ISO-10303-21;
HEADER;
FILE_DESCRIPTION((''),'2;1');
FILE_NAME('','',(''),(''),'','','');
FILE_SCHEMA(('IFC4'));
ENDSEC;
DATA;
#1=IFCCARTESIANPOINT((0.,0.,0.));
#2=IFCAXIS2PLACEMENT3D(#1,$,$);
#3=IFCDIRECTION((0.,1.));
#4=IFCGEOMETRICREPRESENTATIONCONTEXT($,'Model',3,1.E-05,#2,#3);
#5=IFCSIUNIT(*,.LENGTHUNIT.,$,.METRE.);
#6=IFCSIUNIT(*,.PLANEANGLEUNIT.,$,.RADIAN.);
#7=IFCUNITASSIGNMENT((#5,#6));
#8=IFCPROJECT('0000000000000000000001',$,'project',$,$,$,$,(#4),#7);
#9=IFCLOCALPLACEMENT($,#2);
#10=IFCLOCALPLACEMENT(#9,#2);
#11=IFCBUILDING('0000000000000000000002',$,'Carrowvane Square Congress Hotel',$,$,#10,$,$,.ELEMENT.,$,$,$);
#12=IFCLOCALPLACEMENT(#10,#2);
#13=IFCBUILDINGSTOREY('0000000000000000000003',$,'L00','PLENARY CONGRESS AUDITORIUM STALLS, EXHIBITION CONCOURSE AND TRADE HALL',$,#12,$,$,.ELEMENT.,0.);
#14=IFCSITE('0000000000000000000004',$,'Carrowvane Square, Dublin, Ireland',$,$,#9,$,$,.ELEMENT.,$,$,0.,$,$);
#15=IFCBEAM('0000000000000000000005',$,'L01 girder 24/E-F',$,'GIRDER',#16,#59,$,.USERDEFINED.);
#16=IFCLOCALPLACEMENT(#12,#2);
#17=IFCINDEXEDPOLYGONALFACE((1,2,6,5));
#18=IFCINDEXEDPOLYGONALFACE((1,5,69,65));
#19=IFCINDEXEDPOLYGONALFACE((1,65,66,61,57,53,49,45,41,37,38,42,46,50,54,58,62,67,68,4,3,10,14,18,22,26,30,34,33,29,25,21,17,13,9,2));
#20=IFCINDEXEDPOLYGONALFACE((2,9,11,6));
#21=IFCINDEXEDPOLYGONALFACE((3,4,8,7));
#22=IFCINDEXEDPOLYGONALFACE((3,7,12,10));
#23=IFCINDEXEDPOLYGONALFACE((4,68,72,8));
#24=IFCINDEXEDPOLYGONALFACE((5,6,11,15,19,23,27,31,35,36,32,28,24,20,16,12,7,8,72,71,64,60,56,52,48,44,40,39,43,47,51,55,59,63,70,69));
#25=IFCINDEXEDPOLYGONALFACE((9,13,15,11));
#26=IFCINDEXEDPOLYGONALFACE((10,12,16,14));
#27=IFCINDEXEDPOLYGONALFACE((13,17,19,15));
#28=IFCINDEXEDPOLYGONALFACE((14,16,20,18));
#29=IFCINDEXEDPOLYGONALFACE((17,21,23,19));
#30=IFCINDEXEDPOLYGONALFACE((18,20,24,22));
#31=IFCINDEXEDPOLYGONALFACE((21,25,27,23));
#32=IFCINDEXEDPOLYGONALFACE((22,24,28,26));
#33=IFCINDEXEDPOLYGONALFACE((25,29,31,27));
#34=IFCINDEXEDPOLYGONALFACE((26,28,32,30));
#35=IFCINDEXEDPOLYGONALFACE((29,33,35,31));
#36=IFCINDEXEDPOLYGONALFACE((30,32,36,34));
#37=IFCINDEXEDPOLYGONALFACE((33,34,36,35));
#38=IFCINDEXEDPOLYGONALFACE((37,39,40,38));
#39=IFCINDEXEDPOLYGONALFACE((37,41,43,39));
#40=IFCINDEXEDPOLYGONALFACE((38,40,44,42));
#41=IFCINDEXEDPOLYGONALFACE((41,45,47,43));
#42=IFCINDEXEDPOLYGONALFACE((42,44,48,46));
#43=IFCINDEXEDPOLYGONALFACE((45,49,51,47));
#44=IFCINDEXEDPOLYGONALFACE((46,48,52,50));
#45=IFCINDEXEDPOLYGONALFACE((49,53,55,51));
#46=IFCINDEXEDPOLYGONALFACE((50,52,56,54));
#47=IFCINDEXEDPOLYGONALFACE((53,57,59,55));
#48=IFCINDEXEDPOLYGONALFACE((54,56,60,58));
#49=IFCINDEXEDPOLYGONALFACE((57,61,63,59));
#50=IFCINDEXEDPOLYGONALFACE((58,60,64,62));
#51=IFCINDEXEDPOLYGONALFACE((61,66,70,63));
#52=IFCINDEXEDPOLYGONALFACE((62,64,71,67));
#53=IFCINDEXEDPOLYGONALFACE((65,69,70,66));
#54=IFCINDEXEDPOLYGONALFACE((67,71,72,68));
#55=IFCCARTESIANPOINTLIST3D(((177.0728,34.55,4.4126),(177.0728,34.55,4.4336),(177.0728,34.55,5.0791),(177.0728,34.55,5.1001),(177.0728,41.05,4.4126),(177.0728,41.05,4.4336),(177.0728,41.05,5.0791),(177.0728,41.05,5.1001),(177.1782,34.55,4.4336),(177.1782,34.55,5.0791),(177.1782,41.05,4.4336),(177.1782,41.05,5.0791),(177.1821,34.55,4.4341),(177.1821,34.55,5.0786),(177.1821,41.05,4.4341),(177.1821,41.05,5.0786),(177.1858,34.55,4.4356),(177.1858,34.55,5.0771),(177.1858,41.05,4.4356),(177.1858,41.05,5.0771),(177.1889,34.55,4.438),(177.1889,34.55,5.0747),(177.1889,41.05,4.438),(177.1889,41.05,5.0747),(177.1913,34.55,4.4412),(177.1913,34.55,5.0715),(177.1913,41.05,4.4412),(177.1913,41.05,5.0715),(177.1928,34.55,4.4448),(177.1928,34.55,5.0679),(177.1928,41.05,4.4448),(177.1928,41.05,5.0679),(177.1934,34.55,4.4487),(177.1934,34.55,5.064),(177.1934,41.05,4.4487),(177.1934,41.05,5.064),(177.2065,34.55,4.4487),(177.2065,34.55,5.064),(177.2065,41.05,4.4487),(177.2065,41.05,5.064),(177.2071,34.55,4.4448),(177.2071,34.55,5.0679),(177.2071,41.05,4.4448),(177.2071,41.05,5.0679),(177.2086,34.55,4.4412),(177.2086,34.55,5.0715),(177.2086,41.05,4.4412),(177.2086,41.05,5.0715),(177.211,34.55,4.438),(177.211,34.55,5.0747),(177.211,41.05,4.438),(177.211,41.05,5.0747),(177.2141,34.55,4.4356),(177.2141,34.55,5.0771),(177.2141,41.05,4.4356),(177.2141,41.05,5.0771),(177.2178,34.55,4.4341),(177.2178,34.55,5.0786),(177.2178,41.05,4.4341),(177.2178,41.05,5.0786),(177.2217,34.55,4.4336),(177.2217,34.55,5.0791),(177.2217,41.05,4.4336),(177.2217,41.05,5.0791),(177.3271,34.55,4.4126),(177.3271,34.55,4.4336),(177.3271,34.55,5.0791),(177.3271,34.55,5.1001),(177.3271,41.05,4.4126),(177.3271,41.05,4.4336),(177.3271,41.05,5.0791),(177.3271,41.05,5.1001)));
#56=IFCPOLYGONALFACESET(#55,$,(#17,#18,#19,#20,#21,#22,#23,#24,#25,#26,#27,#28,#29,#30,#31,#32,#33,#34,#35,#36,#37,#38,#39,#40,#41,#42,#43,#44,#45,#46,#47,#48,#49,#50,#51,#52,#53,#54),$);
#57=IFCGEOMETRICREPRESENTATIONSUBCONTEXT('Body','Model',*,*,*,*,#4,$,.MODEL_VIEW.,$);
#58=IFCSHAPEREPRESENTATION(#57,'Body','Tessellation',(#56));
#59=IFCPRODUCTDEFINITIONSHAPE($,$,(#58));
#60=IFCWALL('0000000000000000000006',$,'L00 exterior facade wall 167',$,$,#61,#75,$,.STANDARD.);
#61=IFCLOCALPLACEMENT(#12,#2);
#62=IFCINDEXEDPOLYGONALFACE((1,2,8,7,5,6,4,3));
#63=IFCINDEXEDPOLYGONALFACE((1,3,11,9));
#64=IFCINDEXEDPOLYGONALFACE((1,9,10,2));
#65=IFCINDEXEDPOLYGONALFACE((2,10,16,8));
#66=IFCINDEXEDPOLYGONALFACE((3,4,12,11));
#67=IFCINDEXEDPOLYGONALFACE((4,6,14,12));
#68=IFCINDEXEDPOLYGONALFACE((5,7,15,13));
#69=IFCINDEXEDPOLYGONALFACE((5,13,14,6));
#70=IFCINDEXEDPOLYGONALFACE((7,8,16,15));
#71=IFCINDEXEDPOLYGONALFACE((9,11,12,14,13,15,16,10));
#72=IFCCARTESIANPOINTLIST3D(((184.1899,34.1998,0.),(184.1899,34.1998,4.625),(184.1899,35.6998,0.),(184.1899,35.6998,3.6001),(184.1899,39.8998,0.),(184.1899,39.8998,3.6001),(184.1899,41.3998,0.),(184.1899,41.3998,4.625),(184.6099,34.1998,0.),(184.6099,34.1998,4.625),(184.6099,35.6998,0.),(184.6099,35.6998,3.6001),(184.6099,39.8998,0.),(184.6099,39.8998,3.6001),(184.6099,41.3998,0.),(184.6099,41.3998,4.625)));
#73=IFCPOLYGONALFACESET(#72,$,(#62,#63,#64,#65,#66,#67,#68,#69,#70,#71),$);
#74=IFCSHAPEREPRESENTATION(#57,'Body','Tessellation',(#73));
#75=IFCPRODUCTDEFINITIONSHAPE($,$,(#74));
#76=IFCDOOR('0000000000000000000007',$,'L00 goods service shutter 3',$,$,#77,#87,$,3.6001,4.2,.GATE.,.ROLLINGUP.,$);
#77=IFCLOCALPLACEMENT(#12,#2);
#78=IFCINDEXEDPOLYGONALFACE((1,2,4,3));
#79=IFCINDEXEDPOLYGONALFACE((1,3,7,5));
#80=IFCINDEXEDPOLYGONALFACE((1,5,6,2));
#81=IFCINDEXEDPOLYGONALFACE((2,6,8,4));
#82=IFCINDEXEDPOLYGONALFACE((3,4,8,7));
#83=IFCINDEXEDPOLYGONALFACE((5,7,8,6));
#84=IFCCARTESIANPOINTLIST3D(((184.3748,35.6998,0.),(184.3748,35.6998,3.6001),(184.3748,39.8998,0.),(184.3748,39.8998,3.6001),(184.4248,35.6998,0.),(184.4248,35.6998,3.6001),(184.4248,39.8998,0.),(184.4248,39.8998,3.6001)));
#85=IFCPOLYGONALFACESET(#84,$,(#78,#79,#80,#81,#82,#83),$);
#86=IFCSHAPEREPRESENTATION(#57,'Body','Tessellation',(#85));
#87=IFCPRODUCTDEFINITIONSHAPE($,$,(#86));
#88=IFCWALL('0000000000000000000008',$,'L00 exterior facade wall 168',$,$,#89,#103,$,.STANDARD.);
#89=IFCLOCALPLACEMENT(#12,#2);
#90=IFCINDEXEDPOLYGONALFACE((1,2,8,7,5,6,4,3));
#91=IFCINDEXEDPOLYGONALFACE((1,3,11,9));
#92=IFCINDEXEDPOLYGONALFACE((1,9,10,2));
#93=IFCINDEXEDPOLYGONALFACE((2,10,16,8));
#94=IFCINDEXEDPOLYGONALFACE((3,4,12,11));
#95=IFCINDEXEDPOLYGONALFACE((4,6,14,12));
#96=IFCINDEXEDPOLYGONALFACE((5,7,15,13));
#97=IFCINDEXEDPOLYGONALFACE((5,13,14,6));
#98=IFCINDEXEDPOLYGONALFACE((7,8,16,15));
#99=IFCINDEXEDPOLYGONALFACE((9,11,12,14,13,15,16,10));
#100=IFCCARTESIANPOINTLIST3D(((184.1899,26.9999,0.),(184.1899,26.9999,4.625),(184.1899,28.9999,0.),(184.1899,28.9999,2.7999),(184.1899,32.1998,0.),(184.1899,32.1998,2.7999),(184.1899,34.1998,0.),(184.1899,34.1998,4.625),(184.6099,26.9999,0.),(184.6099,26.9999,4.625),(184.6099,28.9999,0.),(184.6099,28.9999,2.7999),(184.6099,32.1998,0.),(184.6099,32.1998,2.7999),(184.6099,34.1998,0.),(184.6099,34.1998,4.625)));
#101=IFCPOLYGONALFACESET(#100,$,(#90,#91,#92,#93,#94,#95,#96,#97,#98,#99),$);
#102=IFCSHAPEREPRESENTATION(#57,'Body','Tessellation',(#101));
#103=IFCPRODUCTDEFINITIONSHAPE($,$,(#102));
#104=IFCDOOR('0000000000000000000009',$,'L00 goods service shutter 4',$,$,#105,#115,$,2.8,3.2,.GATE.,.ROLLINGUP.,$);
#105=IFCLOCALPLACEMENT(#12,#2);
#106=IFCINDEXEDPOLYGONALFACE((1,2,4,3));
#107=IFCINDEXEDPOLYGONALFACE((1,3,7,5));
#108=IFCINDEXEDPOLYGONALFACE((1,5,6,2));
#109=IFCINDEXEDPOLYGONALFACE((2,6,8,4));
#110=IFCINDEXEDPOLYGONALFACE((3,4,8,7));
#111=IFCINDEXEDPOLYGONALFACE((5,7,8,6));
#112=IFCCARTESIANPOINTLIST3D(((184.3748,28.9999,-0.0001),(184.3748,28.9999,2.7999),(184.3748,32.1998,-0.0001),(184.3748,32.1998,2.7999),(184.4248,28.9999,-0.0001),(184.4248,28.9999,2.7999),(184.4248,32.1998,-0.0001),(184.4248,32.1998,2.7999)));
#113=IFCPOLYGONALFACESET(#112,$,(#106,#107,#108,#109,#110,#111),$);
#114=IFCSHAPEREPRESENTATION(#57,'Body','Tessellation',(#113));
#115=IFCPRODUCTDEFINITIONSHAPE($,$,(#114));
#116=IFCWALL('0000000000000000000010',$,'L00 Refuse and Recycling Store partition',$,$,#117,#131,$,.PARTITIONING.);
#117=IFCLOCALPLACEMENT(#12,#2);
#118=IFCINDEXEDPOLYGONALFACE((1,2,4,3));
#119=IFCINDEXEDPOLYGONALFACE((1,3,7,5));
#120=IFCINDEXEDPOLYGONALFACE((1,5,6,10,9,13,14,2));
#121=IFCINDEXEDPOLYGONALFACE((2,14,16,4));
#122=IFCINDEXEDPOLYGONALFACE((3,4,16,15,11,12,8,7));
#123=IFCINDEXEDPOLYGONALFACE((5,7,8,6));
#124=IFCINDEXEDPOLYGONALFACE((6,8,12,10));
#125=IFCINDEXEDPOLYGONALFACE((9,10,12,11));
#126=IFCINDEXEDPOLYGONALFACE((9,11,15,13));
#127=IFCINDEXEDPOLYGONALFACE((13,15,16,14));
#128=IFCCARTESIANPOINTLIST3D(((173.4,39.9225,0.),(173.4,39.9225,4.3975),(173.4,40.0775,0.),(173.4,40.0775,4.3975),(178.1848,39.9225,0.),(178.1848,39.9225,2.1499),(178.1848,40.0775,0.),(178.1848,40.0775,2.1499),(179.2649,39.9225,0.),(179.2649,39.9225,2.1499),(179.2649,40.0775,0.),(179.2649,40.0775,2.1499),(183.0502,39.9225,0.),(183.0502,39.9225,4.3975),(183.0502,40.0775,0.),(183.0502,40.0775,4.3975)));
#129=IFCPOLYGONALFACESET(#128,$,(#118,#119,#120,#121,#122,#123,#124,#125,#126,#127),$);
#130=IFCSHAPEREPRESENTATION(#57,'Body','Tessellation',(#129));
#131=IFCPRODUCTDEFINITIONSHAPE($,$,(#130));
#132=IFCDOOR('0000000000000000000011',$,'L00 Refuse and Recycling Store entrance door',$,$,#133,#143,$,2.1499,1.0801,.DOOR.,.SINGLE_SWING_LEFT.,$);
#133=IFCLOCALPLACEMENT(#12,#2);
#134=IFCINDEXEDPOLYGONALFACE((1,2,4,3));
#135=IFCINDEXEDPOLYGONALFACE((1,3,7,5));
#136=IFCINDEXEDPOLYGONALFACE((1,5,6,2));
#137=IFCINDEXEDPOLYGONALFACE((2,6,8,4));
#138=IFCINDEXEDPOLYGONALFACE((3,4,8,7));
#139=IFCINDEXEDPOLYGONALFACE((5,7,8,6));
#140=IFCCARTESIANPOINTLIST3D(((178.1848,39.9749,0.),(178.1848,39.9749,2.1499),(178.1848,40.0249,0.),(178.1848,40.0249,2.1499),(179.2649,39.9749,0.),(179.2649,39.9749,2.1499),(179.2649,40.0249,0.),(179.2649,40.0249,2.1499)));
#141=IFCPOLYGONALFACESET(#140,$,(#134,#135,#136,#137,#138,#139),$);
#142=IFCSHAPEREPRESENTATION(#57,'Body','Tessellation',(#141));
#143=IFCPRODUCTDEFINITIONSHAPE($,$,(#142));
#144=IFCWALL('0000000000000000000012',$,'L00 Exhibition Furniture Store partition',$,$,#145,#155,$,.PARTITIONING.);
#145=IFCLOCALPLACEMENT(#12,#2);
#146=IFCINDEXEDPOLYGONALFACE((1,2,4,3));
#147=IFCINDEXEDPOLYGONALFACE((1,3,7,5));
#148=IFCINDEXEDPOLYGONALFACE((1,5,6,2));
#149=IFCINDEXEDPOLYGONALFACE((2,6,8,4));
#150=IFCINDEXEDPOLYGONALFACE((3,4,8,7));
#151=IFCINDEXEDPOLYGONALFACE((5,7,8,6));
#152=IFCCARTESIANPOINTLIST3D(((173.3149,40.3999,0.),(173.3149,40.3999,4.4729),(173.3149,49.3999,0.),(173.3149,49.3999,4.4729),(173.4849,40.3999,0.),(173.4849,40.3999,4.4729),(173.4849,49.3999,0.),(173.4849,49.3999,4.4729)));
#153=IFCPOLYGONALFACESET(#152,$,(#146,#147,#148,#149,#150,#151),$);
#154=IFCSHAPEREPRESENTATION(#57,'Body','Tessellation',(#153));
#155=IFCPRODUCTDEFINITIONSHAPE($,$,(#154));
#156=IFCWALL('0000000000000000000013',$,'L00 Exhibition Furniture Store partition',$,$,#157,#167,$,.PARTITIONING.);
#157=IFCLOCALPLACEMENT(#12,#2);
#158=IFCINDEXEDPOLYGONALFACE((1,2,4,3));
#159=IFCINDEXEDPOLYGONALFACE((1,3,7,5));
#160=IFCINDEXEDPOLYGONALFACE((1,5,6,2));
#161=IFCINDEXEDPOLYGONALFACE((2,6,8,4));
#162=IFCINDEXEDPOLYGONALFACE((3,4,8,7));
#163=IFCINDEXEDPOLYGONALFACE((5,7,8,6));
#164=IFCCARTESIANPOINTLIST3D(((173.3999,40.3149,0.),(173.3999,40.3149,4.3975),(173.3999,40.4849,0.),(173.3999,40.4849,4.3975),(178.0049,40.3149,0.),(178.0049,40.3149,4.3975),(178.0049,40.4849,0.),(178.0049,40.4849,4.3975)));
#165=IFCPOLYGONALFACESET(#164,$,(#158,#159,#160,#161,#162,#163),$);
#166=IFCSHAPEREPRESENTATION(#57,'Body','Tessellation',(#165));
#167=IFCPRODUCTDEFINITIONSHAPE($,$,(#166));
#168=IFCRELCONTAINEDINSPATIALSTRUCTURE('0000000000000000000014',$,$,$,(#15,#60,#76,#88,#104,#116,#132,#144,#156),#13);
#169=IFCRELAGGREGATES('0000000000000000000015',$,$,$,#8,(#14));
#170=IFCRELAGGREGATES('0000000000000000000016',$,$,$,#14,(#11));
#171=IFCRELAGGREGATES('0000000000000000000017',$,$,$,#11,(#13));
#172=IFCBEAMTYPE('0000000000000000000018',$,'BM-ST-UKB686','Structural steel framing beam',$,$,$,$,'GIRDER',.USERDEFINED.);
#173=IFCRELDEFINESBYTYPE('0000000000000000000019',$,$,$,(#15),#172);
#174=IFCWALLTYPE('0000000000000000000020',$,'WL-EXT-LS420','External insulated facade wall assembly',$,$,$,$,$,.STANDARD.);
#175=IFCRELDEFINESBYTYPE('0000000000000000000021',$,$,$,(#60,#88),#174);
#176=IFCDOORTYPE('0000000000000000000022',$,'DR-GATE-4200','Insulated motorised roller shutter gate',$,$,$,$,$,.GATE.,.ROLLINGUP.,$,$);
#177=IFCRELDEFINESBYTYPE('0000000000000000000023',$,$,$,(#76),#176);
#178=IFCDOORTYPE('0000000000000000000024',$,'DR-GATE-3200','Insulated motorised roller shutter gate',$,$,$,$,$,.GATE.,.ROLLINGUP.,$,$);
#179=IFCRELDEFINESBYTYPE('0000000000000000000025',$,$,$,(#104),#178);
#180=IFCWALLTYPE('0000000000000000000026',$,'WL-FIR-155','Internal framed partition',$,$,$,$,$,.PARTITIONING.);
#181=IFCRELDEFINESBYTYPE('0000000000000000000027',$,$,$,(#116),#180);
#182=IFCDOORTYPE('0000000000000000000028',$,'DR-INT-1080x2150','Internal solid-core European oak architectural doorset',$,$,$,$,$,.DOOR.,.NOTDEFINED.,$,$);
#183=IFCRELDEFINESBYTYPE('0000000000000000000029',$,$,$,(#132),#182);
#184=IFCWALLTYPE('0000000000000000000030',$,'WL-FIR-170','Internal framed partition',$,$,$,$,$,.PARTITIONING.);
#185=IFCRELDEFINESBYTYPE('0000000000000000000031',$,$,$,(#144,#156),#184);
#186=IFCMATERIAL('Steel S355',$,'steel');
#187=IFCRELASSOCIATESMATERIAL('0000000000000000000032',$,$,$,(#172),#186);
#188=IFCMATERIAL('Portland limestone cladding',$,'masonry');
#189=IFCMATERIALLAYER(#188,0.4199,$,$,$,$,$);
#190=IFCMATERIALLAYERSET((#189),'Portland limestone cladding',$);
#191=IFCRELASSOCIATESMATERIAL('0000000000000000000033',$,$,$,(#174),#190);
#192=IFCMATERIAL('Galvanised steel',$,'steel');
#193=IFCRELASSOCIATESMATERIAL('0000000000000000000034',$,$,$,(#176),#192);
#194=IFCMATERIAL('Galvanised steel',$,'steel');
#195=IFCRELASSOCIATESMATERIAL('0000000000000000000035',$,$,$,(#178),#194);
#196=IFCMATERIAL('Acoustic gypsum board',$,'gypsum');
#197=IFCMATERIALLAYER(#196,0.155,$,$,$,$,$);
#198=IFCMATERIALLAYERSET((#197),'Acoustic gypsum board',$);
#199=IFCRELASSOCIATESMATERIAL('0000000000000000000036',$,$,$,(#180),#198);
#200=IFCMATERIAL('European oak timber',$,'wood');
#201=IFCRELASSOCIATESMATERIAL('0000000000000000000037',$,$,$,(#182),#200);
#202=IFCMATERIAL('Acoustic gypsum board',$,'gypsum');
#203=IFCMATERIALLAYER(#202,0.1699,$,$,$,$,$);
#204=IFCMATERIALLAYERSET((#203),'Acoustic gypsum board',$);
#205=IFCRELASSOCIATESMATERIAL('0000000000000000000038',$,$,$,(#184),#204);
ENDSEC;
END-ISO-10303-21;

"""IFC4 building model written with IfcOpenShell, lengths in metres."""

from ifc_helpers import new_model, si_unit, direction, frame, frame_2d, origin, origin_2d, place, context, subcontext, project, spatial, rectangle, i_section, extrude, material, layer, layer_set, material_profile, profile_set, type_object, element, fill, save


model = new_model("IFC4")

# Units and contexts
model_context = context("Model", 3, precision=1e-05, world=origin(), true_north=direction((0.0, 1.0)))
body_context = subcontext(model_context, "Body", "Model", "MODEL_VIEW")
ifc_project = project(units=[si_unit("LENGTHUNIT", "METRE"), si_unit("PLANEANGLEUNIT", "RADIAN")], contexts=[model_context])

# Site, building, storey
site_placement = place(None, origin())
site = spatial("IfcSite", under=ifc_project, at=site_placement, Name="Carrowvane Square, Dublin, Ireland", CompositionType="ELEMENT", RefElevation=0.0)
building_placement = place(site_placement, origin())
building = spatial("IfcBuilding", under=site, at=building_placement, Name="Carrowvane Square Congress Hotel", CompositionType="ELEMENT")
storey_placement = place(building_placement, origin())
storey = spatial("IfcBuildingStorey", under=building, at=storey_placement, Name="L00", Description="PLENARY CONGRESS AUDITORIUM STALLS, EXHIBITION CONCOURSE AND TRADE HALL", CompositionType="ELEMENT", Elevation=0.0)

# Beam
ifc_material_1 = material(Name="Steel S355", Category="steel")
ifc_material_profile_1 = material_profile(ifc_material_1, i_section(OverallWidth=0.2544, OverallDepth=0.6875, WebThickness=0.0132, FlangeThickness=0.021, FilletRadius=0.0151, at=origin_2d()), Name="UKB 686x254x152")
ifc_profile_set_1 = profile_set([ifc_material_profile_1], Name="Steel S355")
beam_type_1 = type_object("IfcBeamType", Name="BM-ST-UKB686", Description="Structural steel framing beam", ElementType="GIRDER", PredefinedType="USERDEFINED", material=ifc_profile_set_1)
beam_1_placement = place(storey_placement, frame((177.2, 34.55, 4.7563), z_axis=(0.0, 1.0, 0.0), x_axis=(-1.0, 0.0, 0.0)))
element("IfcBeam", 1, at=beam_1_placement, inside=storey, type_object=beam_type_1, Name="L01 girder 24/E-F", ObjectType="GIRDER", PredefinedType="USERDEFINED", context=body_context, shape_type="SweptSolid", body=[
    extrude(i_section(OverallWidth=0.2544, OverallDepth=0.6875, WebThickness=0.0132, FlangeThickness=0.021, FilletRadius=0.0151, at=origin_2d()), origin(), (0.0, 0.0, 1.0), 6.5),
])

# Walls, openings, doors
ifc_material_2 = material(Name="Portland limestone cladding", Category="masonry")
ifc_layer_1 = layer(ifc_material_2, 0.4199)
ifc_layer_set_1 = layer_set([ifc_layer_1], Name="Portland limestone cladding")
wall_type_1 = type_object("IfcWallType", Name="WL-EXT-LS420", Description="External insulated facade wall assembly", PredefinedType="STANDARD", material=ifc_layer_set_1)
wall_1_placement = place(storey_placement, frame((184.3999, 41.3999, 0.0), z_axis=(0.0, 0.0, 1.0), x_axis=(0.0, -1.0, 0.0)))
wall_1 = element("IfcWall", 2, at=wall_1_placement, inside=storey, type_object=wall_type_1, Name="L00 exterior facade wall 167", PredefinedType="STANDARD", context=body_context, shape_type="SweptSolid", body=[
    extrude(rectangle(XDim=7.2, YDim=0.4199, at=frame_2d((3.6001, 0.0))), origin(), (0.0, 0.0, 1.0), 4.625),
])
opening_1_placement = place(wall_1_placement, frame((1.5, 0.0, 0.0)))
opening_1 = element("IfcOpeningElement", 3, at=opening_1_placement, cuts=wall_1, PredefinedType="OPENING", context=body_context, shape_type="SweptSolid", body=[
    extrude(rectangle(XDim=4.2, YDim=3.6001, at=frame_2d((2.1001, 1.8))), frame((0.0, 0.22, 0.0), z_axis=(0.0, -1.0, 0.0), x_axis=(1.0, 0.0, 0.0)), (0.0, 0.0, 1.0), 0.4399),
])
ifc_material_3 = material(Name="Galvanised steel", Category="steel")
door_type_1 = type_object("IfcDoorType", Name="DR-GATE-4200", Description="Insulated motorised roller shutter gate", OperationType="ROLLINGUP", PredefinedType="GATE", material=ifc_material_3)
door_1_placement = place(opening_1_placement, origin())
door_1 = element("IfcDoor", 4, at=door_1_placement, inside=storey, type_object=door_type_1, Name="L00 goods service shutter 3", OperationType="ROLLINGUP", OverallHeight=3.6001, OverallWidth=4.2, PredefinedType="GATE", context=body_context, shape_type="SweptSolid", body=[
    extrude(rectangle(XDim=4.2, YDim=3.6001, at=frame_2d((2.1001, 1.8))), frame((0.0, 0.0249, 0.0), z_axis=(0.0, -1.0, 0.0), x_axis=(1.0, 0.0, 0.0)), (0.0, 0.0, 1.0), 0.05),
])
fill(opening_1, door_1)
wall_2_placement = place(storey_placement, frame((184.3999, 34.2, 0.0), z_axis=(0.0, 0.0, 1.0), x_axis=(0.0, -1.0, 0.0)))
wall_2 = element("IfcWall", 5, at=wall_2_placement, inside=storey, type_object=wall_type_1, Name="L00 exterior facade wall 168", PredefinedType="STANDARD", context=body_context, shape_type="SweptSolid", body=[
    extrude(rectangle(XDim=7.2, YDim=0.4199, at=frame_2d((3.6001, 0.0))), origin(), (0.0, 0.0, 1.0), 4.625),
])
opening_2_placement = place(wall_2_placement, frame((2.0, 0.0, 0.0)))
opening_2 = element("IfcOpeningElement", 6, at=opening_2_placement, cuts=wall_2, PredefinedType="OPENING", context=body_context, shape_type="SweptSolid", body=[
    extrude(rectangle(XDim=3.2, YDim=2.8, at=frame_2d((1.6001, 1.3999))), frame((0.0, 0.22, 0.0), z_axis=(0.0, -1.0, 0.0), x_axis=(1.0, 0.0, 0.0)), (0.0, 0.0, 1.0), 0.4399),
])
ifc_material_4 = material(Name="Galvanised steel", Category="steel")
door_type_2 = type_object("IfcDoorType", Name="DR-GATE-3200", Description="Insulated motorised roller shutter gate", OperationType="ROLLINGUP", PredefinedType="GATE", material=ifc_material_4)
door_2_placement = place(opening_2_placement, origin())
door_2 = element("IfcDoor", 7, at=door_2_placement, inside=storey, type_object=door_type_2, Name="L00 goods service shutter 4", OperationType="ROLLINGUP", OverallHeight=2.8, OverallWidth=3.2, PredefinedType="GATE", context=body_context, shape_type="SweptSolid", body=[
    extrude(rectangle(XDim=3.2, YDim=2.8, at=frame_2d((1.6001, 1.3999))), frame((0.0, 0.0249, 0.0), z_axis=(0.0, -1.0, 0.0), x_axis=(1.0, 0.0, 0.0)), (0.0, 0.0, 1.0), 0.05),
])
fill(opening_2, door_2)
ifc_material_5 = material(Name="Acoustic gypsum board", Category="gypsum")
ifc_layer_2 = layer(ifc_material_5, 0.155)
ifc_layer_set_2 = layer_set([ifc_layer_2], Name="Acoustic gypsum board")
wall_type_2 = type_object("IfcWallType", Name="WL-FIR-155", Description="Internal framed partition", PredefinedType="PARTITIONING", material=ifc_layer_set_2)
wall_3_placement = place(storey_placement, frame((173.3999, 40.0, 0.0), z_axis=(0.0, 0.0, 1.0), x_axis=(1.0, 0.0, 0.0)))
wall_3 = element("IfcWall", 8, at=wall_3_placement, inside=storey, type_object=wall_type_2, Name="L00 Refuse and Recycling Store partition", PredefinedType="PARTITIONING", context=body_context, shape_type="SweptSolid", body=[
    extrude(rectangle(XDim=9.6501, YDim=0.155, at=frame_2d((4.8252, 0.0))), origin(), (0.0, 0.0, 1.0), 4.3975),
])
opening_3_placement = place(wall_3_placement, frame((4.7849, 0.0, 0.0)))
opening_3 = element("IfcOpeningElement", 9, at=opening_3_placement, cuts=wall_3, PredefinedType="OPENING", context=body_context, shape_type="SweptSolid", body=[
    extrude(rectangle(XDim=1.0801, YDim=2.1499, at=frame_2d((0.54, 1.075))), frame((0.0, 0.0874, 0.0), z_axis=(0.0, -1.0, 0.0), x_axis=(1.0, 0.0, 0.0)), (0.0, 0.0, 1.0), 0.175),
])
ifc_material_6 = material(Name="European oak timber", Category="wood")
door_type_3 = type_object("IfcDoorType", Name="DR-INT-1080x2150", Description="Internal solid-core European oak architectural doorset", OperationType="NOTDEFINED", PredefinedType="DOOR", material=ifc_material_6)
door_3_placement = place(opening_3_placement, origin())
door_3 = element("IfcDoor", 10, at=door_3_placement, inside=storey, type_object=door_type_3, Name="L00 Refuse and Recycling Store entrance door", OperationType="SINGLE_SWING_LEFT", OverallHeight=2.1499, OverallWidth=1.0801, PredefinedType="DOOR", context=body_context, shape_type="SweptSolid", body=[
    extrude(rectangle(XDim=1.0801, YDim=2.1499, at=frame_2d((0.54, 1.075))), frame((0.0, 0.0249, 0.0), z_axis=(0.0, -1.0, 0.0), x_axis=(1.0, 0.0, 0.0)), (0.0, 0.0, 1.0), 0.05),
])
fill(opening_3, door_3)

# Walls
ifc_material_7 = material(Name="Acoustic gypsum board", Category="gypsum")
ifc_layer_3 = layer(ifc_material_7, 0.1699)
ifc_layer_set_3 = layer_set([ifc_layer_3], Name="Acoustic gypsum board")
wall_type_3 = type_object("IfcWallType", Name="WL-FIR-170", Description="Internal framed partition", PredefinedType="PARTITIONING", material=ifc_layer_set_3)
wall_4_placement = place(storey_placement, frame((173.3999, 40.3999, 0.0), z_axis=(0.0, 0.0, 1.0), x_axis=(0.0, 1.0, 0.0)))
element("IfcWall", 11, at=wall_4_placement, inside=storey, type_object=wall_type_3, Name="L00 Exhibition Furniture Store partition", PredefinedType="PARTITIONING", context=body_context, shape_type="SweptSolid", body=[
    extrude(rectangle(XDim=9.0, YDim=0.1699, at=frame_2d((4.5, 0.0))), origin(), (0.0, 0.0, 1.0), 4.4729),
])
wall_5_placement = place(storey_placement, frame((178.0049, 40.3999, 0.0), z_axis=(0.0, 0.0, 1.0), x_axis=(-1.0, 0.0, 0.0)))
element("IfcWall", 12, at=wall_5_placement, inside=storey, type_object=wall_type_3, Name="L00 Exhibition Furniture Store partition", PredefinedType="PARTITIONING", context=body_context, shape_type="SweptSolid", body=[
    extrude(rectangle(XDim=4.605, YDim=0.1699, at=frame_2d((2.3025, 0.0))), origin(), (0.0, 0.0, 1.0), 4.3975),
])

save(model, "model.ifc")
